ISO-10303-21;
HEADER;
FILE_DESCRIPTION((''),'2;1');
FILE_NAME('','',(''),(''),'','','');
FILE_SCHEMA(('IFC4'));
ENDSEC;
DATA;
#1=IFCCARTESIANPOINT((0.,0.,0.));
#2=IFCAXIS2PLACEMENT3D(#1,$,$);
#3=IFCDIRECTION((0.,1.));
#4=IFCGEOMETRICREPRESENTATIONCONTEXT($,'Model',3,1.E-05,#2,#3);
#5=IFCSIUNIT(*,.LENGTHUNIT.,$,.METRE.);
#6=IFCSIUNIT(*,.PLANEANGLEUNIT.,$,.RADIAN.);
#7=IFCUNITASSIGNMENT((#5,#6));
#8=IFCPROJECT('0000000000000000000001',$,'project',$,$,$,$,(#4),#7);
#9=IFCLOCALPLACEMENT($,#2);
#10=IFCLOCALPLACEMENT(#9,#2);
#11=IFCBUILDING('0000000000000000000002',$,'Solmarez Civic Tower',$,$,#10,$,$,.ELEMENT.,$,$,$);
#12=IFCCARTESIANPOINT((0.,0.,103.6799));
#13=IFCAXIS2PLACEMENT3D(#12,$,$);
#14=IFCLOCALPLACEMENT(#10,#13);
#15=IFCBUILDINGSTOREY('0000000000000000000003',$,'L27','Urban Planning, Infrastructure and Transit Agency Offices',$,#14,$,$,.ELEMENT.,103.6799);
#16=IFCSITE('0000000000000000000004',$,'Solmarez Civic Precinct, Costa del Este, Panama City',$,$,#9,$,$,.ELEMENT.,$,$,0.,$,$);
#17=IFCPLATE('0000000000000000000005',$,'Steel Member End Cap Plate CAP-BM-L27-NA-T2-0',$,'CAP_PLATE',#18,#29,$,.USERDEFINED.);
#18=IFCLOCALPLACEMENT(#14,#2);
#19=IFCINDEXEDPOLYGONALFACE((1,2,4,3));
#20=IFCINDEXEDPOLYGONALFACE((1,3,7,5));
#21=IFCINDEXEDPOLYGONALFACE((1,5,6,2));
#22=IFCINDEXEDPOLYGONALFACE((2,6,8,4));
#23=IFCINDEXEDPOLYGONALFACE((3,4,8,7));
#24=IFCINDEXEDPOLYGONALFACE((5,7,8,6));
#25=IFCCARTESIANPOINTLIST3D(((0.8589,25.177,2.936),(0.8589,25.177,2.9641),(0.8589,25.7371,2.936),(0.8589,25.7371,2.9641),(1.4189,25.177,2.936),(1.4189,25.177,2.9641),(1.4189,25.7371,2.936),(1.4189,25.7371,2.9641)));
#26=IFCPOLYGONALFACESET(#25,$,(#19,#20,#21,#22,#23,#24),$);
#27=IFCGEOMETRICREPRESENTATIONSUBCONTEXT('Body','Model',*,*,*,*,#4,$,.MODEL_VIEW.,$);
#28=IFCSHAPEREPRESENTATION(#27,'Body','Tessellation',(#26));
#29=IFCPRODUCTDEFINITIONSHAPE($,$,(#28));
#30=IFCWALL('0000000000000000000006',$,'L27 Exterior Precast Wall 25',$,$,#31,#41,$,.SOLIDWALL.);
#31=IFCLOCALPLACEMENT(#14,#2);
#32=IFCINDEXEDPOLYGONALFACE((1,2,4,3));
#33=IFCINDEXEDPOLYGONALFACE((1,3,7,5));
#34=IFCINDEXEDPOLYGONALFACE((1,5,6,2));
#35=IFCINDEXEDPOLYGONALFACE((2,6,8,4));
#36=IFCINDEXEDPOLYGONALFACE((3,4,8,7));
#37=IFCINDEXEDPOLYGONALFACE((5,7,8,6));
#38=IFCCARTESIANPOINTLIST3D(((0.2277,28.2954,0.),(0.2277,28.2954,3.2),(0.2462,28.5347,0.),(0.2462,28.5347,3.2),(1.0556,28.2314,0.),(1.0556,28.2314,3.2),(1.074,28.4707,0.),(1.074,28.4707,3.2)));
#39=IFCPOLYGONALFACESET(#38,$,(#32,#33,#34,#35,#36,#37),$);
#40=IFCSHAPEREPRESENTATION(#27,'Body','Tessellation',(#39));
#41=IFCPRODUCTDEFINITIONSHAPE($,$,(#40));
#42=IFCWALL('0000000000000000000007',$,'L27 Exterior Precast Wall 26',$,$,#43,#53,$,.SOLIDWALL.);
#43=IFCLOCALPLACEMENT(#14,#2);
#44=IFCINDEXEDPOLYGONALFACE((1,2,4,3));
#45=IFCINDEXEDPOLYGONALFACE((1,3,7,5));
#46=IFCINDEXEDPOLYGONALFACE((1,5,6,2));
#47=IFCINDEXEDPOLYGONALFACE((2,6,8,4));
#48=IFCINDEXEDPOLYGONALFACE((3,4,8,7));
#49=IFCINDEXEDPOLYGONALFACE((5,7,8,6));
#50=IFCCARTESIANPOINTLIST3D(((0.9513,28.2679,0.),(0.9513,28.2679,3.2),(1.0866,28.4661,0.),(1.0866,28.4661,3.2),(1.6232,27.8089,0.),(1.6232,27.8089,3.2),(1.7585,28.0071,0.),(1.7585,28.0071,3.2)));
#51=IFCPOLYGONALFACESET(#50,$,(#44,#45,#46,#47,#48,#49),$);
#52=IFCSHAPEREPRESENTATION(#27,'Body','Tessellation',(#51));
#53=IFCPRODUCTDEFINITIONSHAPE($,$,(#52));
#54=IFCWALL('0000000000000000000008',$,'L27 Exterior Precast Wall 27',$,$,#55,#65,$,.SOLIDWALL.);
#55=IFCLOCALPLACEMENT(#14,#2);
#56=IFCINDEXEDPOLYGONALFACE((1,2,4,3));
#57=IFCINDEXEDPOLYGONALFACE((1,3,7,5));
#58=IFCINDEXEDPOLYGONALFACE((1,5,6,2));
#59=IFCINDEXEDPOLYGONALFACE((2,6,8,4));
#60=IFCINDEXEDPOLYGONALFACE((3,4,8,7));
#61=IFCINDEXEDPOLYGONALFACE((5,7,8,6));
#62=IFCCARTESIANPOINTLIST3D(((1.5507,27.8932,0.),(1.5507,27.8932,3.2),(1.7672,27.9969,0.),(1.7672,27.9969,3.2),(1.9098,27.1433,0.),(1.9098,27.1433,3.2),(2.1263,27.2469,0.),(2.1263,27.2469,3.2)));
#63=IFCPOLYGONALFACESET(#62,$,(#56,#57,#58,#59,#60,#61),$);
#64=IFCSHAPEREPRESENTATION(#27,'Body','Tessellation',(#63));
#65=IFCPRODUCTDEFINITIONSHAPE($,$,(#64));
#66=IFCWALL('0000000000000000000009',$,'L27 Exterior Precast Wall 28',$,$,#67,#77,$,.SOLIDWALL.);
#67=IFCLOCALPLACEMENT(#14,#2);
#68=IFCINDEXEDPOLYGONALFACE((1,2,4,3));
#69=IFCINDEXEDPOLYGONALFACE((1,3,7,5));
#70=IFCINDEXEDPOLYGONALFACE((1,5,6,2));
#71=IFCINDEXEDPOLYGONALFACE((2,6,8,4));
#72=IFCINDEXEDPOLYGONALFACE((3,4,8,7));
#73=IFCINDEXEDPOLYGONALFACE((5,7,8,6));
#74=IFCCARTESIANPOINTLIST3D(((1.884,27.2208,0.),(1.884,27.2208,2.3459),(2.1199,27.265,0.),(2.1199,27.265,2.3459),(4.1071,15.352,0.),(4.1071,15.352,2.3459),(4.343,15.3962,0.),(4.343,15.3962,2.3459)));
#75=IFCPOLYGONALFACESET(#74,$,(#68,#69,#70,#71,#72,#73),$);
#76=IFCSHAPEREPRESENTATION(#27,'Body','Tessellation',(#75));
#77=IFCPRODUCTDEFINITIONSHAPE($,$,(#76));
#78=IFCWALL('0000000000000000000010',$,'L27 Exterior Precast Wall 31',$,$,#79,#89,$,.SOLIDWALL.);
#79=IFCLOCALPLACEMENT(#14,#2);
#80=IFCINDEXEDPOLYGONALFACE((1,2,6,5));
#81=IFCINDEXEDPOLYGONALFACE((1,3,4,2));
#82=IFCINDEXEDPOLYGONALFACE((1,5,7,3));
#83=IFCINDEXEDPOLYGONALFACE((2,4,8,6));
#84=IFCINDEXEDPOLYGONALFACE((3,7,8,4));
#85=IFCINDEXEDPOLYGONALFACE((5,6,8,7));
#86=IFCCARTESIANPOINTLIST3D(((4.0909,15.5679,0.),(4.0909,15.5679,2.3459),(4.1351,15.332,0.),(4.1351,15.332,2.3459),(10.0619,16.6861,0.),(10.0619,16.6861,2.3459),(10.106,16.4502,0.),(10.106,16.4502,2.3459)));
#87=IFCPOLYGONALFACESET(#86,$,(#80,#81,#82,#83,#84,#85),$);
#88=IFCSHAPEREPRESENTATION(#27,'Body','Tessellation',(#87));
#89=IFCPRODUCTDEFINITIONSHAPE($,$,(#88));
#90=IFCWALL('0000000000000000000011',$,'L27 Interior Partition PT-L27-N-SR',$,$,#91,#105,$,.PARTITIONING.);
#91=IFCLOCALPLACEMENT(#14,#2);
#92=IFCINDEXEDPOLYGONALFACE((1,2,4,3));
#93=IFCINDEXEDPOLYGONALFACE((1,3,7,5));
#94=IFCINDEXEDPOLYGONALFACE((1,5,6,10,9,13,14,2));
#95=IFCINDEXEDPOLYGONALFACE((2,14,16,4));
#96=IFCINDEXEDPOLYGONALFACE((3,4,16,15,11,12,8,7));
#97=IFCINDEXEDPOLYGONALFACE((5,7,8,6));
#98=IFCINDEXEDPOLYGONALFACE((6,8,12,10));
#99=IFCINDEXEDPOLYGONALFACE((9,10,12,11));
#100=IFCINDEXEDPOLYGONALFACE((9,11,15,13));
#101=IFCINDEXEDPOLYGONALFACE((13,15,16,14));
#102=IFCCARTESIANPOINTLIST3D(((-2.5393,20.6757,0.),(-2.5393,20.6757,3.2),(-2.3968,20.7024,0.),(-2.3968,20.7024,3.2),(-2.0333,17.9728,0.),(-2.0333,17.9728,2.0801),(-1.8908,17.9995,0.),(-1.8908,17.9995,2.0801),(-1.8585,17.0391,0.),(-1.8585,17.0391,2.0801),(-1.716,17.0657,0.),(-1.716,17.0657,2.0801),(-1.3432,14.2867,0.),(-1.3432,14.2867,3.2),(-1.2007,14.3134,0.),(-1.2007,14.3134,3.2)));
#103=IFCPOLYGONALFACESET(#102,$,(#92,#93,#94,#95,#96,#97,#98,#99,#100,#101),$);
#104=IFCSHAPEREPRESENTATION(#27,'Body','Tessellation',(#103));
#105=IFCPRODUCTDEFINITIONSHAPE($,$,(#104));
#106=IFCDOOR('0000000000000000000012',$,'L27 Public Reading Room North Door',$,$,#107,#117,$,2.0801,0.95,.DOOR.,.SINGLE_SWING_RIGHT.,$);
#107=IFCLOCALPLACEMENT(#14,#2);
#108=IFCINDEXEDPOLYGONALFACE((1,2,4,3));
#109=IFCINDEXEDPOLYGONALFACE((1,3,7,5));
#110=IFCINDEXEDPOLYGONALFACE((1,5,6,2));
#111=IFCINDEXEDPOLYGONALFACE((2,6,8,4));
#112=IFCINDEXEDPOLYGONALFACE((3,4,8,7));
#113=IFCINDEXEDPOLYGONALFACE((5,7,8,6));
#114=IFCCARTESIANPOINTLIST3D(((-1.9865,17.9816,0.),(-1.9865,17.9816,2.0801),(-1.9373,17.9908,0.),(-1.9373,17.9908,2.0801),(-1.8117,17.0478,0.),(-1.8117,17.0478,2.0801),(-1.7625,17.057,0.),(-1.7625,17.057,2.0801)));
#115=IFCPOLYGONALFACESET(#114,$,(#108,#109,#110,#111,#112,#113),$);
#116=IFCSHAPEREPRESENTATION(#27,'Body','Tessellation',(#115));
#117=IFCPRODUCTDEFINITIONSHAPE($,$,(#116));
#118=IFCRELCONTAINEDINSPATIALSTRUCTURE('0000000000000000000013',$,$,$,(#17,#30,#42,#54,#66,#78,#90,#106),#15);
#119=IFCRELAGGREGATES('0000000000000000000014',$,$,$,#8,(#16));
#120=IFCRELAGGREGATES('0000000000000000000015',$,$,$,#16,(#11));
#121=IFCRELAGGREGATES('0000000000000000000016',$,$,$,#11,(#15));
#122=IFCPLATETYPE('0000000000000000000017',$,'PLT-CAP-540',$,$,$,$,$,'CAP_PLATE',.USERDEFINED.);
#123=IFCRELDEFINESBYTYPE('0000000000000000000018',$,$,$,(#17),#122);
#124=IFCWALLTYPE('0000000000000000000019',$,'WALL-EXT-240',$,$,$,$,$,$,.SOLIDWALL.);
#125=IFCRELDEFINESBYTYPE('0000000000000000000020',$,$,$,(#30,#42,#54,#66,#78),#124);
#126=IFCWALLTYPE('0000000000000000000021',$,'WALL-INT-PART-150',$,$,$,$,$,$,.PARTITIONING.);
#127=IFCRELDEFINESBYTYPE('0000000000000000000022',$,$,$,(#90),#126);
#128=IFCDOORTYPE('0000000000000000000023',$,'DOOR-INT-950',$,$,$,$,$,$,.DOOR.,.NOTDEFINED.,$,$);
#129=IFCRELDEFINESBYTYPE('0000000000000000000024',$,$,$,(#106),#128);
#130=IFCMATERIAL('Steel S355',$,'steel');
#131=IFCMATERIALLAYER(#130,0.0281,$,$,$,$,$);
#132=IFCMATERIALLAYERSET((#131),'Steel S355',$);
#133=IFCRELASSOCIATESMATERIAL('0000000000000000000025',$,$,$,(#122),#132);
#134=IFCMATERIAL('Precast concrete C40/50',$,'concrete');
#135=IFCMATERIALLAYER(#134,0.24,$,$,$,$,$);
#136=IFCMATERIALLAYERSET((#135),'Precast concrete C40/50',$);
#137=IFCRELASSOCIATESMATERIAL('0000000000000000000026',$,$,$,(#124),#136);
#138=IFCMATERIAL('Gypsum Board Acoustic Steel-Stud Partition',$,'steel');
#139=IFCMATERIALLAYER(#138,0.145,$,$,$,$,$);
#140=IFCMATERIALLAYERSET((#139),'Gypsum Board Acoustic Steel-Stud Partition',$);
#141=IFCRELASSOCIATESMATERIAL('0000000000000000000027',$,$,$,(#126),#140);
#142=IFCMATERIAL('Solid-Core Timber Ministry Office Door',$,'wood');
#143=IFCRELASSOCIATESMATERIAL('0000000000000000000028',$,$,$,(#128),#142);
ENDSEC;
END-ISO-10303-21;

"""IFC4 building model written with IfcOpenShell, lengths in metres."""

from ifc_helpers import new_model, si_unit, direction, frame, frame_2d, origin, origin_2d, place, context, subcontext, project, spatial, rectangle, extrude, material, layer, layer_set, type_object, element, fill, save


model = new_model("IFC4")

# Units and contexts
model_context = context("Model", 3, precision=1e-05, world=origin(), true_north=direction((0.0, 1.0)))
body_context = subcontext(model_context, "Body", "Model", "MODEL_VIEW")
ifc_project = project(units=[si_unit("LENGTHUNIT", "METRE"), si_unit("PLANEANGLEUNIT", "RADIAN")], contexts=[model_context])

# Site, building, storey
site_placement = place(None, origin())
site = spatial("IfcSite", under=ifc_project, at=site_placement, Name="Solmarez Civic Precinct, Costa del Este, Panama City", CompositionType="ELEMENT", RefElevation=0.0)
building_placement = place(site_placement, origin())
building = spatial("IfcBuilding", under=site, at=building_placement, Name="Solmarez Civic Tower", CompositionType="ELEMENT")
storey_placement = place(building_placement, frame((0.0, 0.0, 103.6799)))
storey = spatial("IfcBuildingStorey", under=building, at=storey_placement, Name="L27", Description="Urban Planning, Infrastructure and Transit Agency Offices", CompositionType="ELEMENT", Elevation=103.6799)

# Shared definitions
ifc_material_1 = material(Name="Steel S355", Category="steel")

# Plate
ifc_layer_1 = layer(ifc_material_1, 0.0281)
ifc_layer_set_1 = layer_set([ifc_layer_1], Name="Steel S355")
plate_type_1 = type_object("IfcPlateType", Name="PLT-CAP-540", ElementType="CAP_PLATE", PredefinedType="USERDEFINED", material=ifc_layer_set_1)
plate_1_placement = place(storey_placement, frame((1.1389, 25.457, 2.936), z_axis=(0.0, 0.0, 1.0), x_axis=(1.0, 0.0, 0.0)))
element("IfcPlate", 1, at=plate_1_placement, inside=storey, type_object=plate_type_1, Name="Steel Member End Cap Plate CAP-BM-L27-NA-T2-0", ObjectType="CAP_PLATE", PredefinedType="USERDEFINED", context=body_context, shape_type="SweptSolid", body=[
    extrude(rectangle(XDim=0.5601, YDim=0.5601, at=origin_2d()), origin(), (0.0, 0.0, 1.0), 0.0281),
])

# Walls
ifc_material_2 = material(Name="Precast concrete C40/50", Category="concrete")
ifc_layer_2 = layer(ifc_material_2, 0.24)
ifc_layer_set_2 = layer_set([ifc_layer_2], Name="Precast concrete C40/50")
wall_type_1 = type_object("IfcWallType", Name="WALL-EXT-240", PredefinedType="SOLIDWALL", material=ifc_layer_set_2)
wall_1_placement = place(storey_placement, frame((0.2371, 28.415, 0.0), z_axis=(0.0, 0.0, 1.0), x_axis=(0.997028, -0.077034, 0.0)))
element("IfcWall", 2, at=wall_1_placement, inside=storey, type_object=wall_type_1, Name="L27 Exterior Precast Wall 25", PredefinedType="SOLIDWALL", context=body_context, shape_type="SweptSolid", body=[
    extrude(rectangle(XDim=0.8303, YDim=0.24, at=frame_2d((0.415, 0.0))), origin(), (0.0, 0.0, 1.0), 3.2),
])
wall_2_placement = place(storey_placement, frame((1.019, 28.3669, 0.0), z_axis=(0.0, 0.0, 1.0), x_axis=(0.825719, -0.564081, 0.0)))
element("IfcWall", 3, at=wall_2_placement, inside=storey, type_object=wall_type_1, Name="L27 Exterior Precast Wall 26", PredefinedType="SOLIDWALL", context=body_context, shape_type="SweptSolid", body=[
    extrude(rectangle(XDim=0.8137, YDim=0.24, at=frame_2d((0.4067, 0.0))), origin(), (0.0, 0.0, 1.0), 3.2),
])
wall_3_placement = place(storey_placement, frame((1.6589, 27.9451, 0.0), z_axis=(0.0, 0.0, 1.0), x_axis=(0.431881, -0.90193, 0.0)))
element("IfcWall", 4, at=wall_3_placement, inside=storey, type_object=wall_type_1, Name="L27 Exterior Precast Wall 27", PredefinedType="SOLIDWALL", context=body_context, shape_type="SweptSolid", body=[
    extrude(rectangle(XDim=0.8315, YDim=0.24, at=frame_2d((0.4158, 0.0))), origin(), (0.0, 0.0, 1.0), 3.2),
])
wall_4_placement = place(storey_placement, frame((2.002, 27.2429, 0.0), z_axis=(0.0, 0.0, 1.0), x_axis=(0.184107, -0.982906, 0.0)))
element("IfcWall", 5, at=wall_4_placement, inside=storey, type_object=wall_type_1, Name="L27 Exterior Precast Wall 28", PredefinedType="SOLIDWALL", context=body_context, shape_type="SweptSolid", body=[
    extrude(rectangle(XDim=12.0752, YDim=0.24, at=frame_2d((6.0376, 0.0))), origin(), (0.0, 0.0, 1.0), 2.3459),
])
wall_5_placement = place(storey_placement, frame((4.113, 15.45, 0.0), z_axis=(0.0, 0.0, 1.0), x_axis=(0.982914, 0.184068, 0.0)))
element("IfcWall", 6, at=wall_5_placement, inside=storey, type_object=wall_type_1, Name="L27 Exterior Precast Wall 31", PredefinedType="SOLIDWALL", context=body_context, shape_type="SweptSolid", body=[
    extrude(rectangle(XDim=6.0747, YDim=0.24, at=frame_2d((3.0374, 0.0))), origin(), (0.0, 0.0, 1.0), 2.3459),
])

# Wall, opening, door
ifc_material_3 = material(Name="Gypsum Board Acoustic Steel-Stud Partition", Category="steel")
ifc_layer_3 = layer(ifc_material_3, 0.145)
ifc_layer_set_3 = layer_set([ifc_layer_3], Name="Gypsum Board Acoustic Steel-Stud Partition")
wall_type_2 = type_object("IfcWallType", Name="WALL-INT-PART-150", PredefinedType="PARTITIONING", material=ifc_layer_set_3)
wall_6_placement = place(storey_placement, frame((-1.272, 14.3, 0.0), z_axis=(0.0, 0.0, 1.0), x_axis=(-0.18401, 0.982924, 0.0)))
wall_6 = element("IfcWall", 7, at=wall_6_placement, inside=storey, type_object=wall_type_2, Name="L27 Interior Partition PT-L27-N-SR", PredefinedType="PARTITIONING", context=body_context, shape_type="SweptSolid", body=[
    extrude(rectangle(XDim=6.5, YDim=0.145, at=frame_2d((3.25, 0.0))), origin(), (0.0, 0.0, 1.0), 3.2),
])
opening_placement = place(wall_6_placement, frame((2.8, 0.0, 0.0)))
opening = element("IfcOpeningElement", 8, at=opening_placement, cuts=wall_6, PredefinedType="OPENING", context=body_context, shape_type="SweptSolid", body=[
    extrude(rectangle(XDim=0.95, YDim=2.0801, at=frame_2d((0.4751, 1.04))), frame((0.0, 0.0825, 0.0), z_axis=(0.0, -1.0, 0.0), x_axis=(1.0, 0.0, 0.0)), (0.0, 0.0, 1.0), 0.165),
])
ifc_material_4 = material(Name="Solid-Core Timber Ministry Office Door", Category="wood")
door_type = type_object("IfcDoorType", Name="DOOR-INT-950", OperationType="NOTDEFINED", PredefinedType="DOOR", material=ifc_material_4)
door_placement = place(opening_placement, origin())
door = element("IfcDoor", 9, at=door_placement, inside=storey, type_object=door_type, Name="L27 Public Reading Room North Door", OperationType="SINGLE_SWING_RIGHT", OverallHeight=2.0801, OverallWidth=0.95, PredefinedType="DOOR", context=body_context, shape_type="SweptSolid", body=[
    extrude(rectangle(XDim=0.95, YDim=2.0801, at=frame_2d((0.4751, 1.04))), frame((0.0, 0.0249, 0.0), z_axis=(0.0, -1.0, 0.0), x_axis=(1.0, 0.0, 0.0)), (0.0, 0.0, 1.0), 0.05),
])
fill(opening, door)

save(model, "model.ifc")
